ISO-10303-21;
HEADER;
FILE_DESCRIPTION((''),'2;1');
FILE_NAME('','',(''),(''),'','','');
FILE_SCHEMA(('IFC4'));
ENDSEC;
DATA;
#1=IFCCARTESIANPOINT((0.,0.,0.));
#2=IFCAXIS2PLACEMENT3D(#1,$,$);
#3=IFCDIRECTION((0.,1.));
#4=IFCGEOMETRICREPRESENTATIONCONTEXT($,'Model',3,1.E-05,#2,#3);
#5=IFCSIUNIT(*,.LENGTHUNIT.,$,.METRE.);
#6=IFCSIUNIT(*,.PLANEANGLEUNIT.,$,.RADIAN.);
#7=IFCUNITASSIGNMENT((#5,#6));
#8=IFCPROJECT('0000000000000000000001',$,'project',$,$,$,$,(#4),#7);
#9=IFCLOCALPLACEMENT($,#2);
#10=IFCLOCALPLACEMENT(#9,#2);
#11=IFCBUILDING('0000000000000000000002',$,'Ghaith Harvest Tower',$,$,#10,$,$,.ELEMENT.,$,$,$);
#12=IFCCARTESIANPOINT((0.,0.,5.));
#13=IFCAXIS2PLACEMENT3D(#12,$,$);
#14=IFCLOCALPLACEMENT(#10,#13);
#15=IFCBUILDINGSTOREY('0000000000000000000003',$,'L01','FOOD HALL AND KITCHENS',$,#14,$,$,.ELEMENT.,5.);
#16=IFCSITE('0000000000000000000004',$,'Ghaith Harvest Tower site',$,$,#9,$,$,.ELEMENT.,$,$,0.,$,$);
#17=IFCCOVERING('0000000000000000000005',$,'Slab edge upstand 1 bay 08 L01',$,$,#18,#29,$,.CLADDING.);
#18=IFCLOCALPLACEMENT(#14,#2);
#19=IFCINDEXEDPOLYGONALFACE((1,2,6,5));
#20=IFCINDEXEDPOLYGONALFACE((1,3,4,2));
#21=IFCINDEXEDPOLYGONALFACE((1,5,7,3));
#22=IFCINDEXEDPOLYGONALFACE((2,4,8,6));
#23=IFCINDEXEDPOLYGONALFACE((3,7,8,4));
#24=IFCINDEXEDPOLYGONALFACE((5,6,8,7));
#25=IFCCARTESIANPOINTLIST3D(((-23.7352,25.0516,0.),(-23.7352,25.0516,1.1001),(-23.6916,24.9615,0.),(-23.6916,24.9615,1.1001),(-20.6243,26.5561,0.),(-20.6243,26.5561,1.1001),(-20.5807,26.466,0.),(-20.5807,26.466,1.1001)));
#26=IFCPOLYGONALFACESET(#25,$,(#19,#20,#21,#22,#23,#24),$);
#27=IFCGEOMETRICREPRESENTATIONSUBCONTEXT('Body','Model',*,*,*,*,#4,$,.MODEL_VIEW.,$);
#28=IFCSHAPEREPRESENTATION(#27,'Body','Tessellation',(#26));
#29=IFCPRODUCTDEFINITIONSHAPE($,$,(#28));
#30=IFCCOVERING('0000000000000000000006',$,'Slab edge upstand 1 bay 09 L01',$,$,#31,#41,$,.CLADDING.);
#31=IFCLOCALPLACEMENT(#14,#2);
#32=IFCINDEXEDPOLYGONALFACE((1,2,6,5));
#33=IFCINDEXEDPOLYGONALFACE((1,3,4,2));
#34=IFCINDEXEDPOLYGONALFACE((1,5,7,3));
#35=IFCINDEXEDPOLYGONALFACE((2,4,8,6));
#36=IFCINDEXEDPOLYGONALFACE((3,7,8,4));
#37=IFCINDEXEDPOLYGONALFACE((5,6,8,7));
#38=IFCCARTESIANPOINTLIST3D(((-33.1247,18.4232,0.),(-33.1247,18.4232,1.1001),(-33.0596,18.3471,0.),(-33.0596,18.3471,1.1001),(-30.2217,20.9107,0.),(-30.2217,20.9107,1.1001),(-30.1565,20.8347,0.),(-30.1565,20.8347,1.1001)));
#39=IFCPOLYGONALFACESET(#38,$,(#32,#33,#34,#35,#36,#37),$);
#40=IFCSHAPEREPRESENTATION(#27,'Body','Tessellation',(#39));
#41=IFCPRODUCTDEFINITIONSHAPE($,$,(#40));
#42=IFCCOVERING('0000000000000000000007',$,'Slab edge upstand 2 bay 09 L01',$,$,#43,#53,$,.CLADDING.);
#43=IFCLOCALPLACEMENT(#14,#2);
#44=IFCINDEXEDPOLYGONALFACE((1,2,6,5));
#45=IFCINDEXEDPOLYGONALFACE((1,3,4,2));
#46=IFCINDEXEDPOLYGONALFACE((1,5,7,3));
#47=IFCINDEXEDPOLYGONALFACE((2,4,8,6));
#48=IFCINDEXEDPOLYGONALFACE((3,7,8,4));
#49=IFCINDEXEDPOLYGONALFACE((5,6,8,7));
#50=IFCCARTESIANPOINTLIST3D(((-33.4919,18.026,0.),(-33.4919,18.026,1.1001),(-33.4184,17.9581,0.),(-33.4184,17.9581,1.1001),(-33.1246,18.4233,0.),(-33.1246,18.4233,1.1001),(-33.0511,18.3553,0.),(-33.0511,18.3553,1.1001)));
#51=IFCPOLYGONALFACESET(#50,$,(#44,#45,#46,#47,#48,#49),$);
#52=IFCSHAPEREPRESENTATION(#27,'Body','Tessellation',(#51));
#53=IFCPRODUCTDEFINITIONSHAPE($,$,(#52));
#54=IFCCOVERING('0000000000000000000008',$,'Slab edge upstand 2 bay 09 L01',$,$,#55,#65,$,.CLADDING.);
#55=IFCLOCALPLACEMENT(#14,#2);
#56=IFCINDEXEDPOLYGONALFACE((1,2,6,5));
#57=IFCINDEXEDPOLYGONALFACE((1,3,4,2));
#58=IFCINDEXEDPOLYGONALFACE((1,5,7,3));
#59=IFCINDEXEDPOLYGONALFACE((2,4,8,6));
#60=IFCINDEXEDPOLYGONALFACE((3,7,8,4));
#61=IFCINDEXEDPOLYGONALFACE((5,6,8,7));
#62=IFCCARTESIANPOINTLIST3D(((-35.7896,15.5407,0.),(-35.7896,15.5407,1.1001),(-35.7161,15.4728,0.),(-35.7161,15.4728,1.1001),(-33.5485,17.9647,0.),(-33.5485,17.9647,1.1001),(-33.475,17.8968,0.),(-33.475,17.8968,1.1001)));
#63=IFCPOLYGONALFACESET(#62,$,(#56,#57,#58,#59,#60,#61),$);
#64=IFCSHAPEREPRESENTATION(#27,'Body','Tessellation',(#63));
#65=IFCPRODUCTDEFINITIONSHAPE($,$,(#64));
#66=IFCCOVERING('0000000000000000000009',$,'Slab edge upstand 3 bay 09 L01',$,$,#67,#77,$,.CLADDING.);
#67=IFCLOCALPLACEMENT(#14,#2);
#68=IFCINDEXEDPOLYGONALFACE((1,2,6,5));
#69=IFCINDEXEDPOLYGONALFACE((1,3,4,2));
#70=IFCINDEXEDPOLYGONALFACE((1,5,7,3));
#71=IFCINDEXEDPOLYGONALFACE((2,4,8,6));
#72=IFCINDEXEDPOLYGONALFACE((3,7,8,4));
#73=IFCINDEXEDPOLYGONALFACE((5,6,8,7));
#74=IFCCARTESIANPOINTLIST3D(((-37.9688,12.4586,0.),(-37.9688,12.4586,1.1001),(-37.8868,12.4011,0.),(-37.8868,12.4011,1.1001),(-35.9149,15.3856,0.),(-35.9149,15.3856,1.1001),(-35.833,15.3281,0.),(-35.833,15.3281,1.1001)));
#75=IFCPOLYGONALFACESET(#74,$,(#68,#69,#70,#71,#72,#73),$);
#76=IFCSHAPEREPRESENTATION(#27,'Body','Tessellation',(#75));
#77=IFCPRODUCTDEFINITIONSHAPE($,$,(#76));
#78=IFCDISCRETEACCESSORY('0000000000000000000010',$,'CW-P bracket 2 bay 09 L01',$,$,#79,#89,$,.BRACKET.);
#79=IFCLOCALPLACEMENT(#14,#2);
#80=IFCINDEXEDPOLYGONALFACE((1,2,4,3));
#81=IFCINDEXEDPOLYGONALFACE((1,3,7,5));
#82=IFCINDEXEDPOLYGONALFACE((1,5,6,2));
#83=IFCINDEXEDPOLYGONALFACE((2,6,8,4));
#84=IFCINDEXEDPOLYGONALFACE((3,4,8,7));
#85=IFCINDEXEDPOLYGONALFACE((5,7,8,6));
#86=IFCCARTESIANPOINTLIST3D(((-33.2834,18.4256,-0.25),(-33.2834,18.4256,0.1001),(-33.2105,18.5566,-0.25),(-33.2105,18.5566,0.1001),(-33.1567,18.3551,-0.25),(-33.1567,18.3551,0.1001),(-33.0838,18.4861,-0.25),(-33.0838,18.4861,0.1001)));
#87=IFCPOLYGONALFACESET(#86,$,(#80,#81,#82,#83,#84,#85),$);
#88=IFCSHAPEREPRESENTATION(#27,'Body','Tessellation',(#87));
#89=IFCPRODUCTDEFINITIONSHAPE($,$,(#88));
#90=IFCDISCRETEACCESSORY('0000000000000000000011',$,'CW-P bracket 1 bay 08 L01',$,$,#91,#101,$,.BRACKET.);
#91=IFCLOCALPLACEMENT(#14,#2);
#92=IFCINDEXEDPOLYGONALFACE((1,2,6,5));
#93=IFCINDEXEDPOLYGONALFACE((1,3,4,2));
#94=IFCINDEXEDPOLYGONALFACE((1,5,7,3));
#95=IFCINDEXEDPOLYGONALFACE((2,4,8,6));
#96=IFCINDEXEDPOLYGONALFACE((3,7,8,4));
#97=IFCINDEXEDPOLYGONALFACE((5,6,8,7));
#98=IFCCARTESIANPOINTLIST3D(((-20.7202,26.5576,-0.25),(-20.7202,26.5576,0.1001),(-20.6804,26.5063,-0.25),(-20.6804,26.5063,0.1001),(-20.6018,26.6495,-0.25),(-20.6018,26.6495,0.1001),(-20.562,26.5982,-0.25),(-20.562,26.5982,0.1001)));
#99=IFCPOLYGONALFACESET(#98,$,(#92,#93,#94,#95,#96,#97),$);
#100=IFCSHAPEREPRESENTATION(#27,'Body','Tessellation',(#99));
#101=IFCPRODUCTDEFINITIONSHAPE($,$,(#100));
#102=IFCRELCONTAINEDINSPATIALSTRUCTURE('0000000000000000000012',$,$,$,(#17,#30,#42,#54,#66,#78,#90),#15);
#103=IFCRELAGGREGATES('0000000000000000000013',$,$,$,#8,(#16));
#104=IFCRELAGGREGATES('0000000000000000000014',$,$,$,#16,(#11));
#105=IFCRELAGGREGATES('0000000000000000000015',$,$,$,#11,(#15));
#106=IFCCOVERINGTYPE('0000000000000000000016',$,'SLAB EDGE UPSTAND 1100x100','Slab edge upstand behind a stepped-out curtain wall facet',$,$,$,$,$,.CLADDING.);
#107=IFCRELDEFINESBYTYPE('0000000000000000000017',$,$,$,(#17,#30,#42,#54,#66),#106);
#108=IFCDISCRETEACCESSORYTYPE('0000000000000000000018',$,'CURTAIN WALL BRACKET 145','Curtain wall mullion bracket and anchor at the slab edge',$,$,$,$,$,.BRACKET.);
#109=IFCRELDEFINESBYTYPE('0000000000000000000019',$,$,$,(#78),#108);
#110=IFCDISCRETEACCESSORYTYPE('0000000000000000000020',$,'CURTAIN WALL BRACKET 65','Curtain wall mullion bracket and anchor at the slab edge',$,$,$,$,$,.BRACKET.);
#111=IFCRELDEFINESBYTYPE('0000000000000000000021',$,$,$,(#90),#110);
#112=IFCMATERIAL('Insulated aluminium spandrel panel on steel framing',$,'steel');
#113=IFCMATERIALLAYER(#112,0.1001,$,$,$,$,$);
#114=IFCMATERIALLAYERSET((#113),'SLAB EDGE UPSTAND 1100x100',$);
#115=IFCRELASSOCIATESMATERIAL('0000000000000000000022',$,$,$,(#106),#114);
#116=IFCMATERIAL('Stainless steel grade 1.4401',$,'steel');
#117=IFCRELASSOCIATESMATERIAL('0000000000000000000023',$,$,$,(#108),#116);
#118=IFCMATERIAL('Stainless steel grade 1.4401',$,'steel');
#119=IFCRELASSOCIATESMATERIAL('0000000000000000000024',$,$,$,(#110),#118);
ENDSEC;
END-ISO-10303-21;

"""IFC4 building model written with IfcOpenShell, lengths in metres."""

from ifc_helpers import new_model, si_unit, direction, frame, origin, origin_2d, place, context, subcontext, project, spatial, rectangle, extrude, material, layer, layer_set, type_object, element, save


model = new_model("IFC4")

# Units and contexts
model_context = context("Model", 3, precision=1e-05, world=origin(), true_north=direction((0.0, 1.0)))
body_context = subcontext(model_context, "Body", "Model", "MODEL_VIEW")
ifc_project = project(units=[si_unit("LENGTHUNIT", "METRE"), si_unit("PLANEANGLEUNIT", "RADIAN")], contexts=[model_context])

# Site, building, storey
site_placement = place(None, origin())
site = spatial("IfcSite", under=ifc_project, at=site_placement, Name="Ghaith Harvest Tower site", CompositionType="ELEMENT", RefElevation=0.0)
building_placement = place(site_placement, origin())
building = spatial("IfcBuilding", under=site, at=building_placement, Name="Ghaith Harvest Tower", CompositionType="ELEMENT")
storey_placement = place(building_placement, frame((0.0, 0.0, 5.0)))
storey = spatial("IfcBuildingStorey", under=building, at=storey_placement, Name="L01", Description="FOOD HALL AND KITCHENS", CompositionType="ELEMENT", Elevation=5.0)

# Coverings
ifc_material_1 = material(Name="Insulated aluminium spandrel panel on steel framing", Category="steel")
ifc_layer_1 = layer(ifc_material_1, 0.1001)
ifc_layer_set_1 = layer_set([ifc_layer_1], Name="SLAB EDGE UPSTAND 1100x100")
covering_type = type_object("IfcCoveringType", Name="SLAB EDGE UPSTAND 1100x100", Description="Slab edge upstand behind a stepped-out curtain wall facet", PredefinedType="CLADDING", material=ifc_layer_set_1)
covering_1_placement = place(storey_placement, frame((-22.158, 25.7588, 0.0), z_axis=(0.0, 0.0, 1.0), x_axis=(-0.900243, -0.435388, 0.0)))
element("IfcCovering", 1, at=covering_1_placement, inside=storey, type_object=covering_type, Name="Slab edge upstand 1 bay 08 L01", PredefinedType="CLADDING", context=body_context, shape_type="SweptSolid", body=[
    extrude(rectangle(XDim=3.4556, YDim=0.1001, at=origin_2d()), origin(), (0.0, 0.0, 1.0), 1.1001),
])
covering_2_placement = place(storey_placement, frame((-31.6406, 19.6289, 0.0), z_axis=(0.0, 0.0, 1.0), x_axis=(-0.759361, -0.65067, 0.0)))
element("IfcCovering", 2, at=covering_2_placement, inside=storey, type_object=covering_type, Name="Slab edge upstand 1 bay 09 L01", PredefinedType="CLADDING", context=body_context, shape_type="SweptSolid", body=[
    extrude(rectangle(XDim=3.823, YDim=0.1001, at=origin_2d()), origin(), (0.0, 0.0, 1.0), 1.1001),
])
covering_3_placement = place(storey_placement, frame((-33.2715, 18.1907, 0.0), z_axis=(0.0, 0.0, 1.0), x_axis=(-0.678856, -0.734271, 0.0)))
element("IfcCovering", 3, at=covering_3_placement, inside=storey, type_object=covering_type, Name="Slab edge upstand 2 bay 09 L01", PredefinedType="CLADDING", context=body_context, shape_type="SweptSolid", body=[
    extrude(rectangle(XDim=0.541, YDim=0.1001, at=origin_2d()), origin(), (0.0, 0.0, 1.0), 1.1001),
])
covering_4_placement = place(storey_placement, frame((-34.6323, 16.7188, 0.0), z_axis=(0.0, 0.0, 1.0), x_axis=(-0.678856, -0.734271, 0.0)))
element("IfcCovering", 4, at=covering_4_placement, inside=storey, type_object=covering_type, Name="Slab edge upstand 2 bay 09 L01", PredefinedType="CLADDING", context=body_context, shape_type="SweptSolid", body=[
    extrude(rectangle(XDim=3.3013, YDim=0.1001, at=origin_2d()), origin(), (0.0, 0.0, 1.0), 1.1001),
])
covering_5_placement = place(storey_placement, frame((-36.9009, 13.8933, 0.0), z_axis=(0.0, 0.0, 1.0), x_axis=(-0.574389, -0.818582, 0.0)))
element("IfcCovering", 5, at=covering_5_placement, inside=storey, type_object=covering_type, Name="Slab edge upstand 3 bay 09 L01", PredefinedType="CLADDING", context=body_context, shape_type="SweptSolid", body=[
    extrude(rectangle(XDim=3.5757, YDim=0.1001, at=origin_2d()), origin(), (0.0, 0.0, 1.0), 1.1001),
])

# Discrete accessories
ifc_material_2 = material(Name="Stainless steel grade 1.4401", Category="steel")
discrete_accessory_type_1 = type_object("IfcDiscreteAccessoryType", Name="CURTAIN WALL BRACKET 145", Description="Curtain wall mullion bracket and anchor at the slab edge", PredefinedType="BRACKET", material=ifc_material_2)
discrete_accessory_1_placement = place(storey_placement, frame((-33.1836, 18.4558, -0.25), z_axis=(0.0, 0.0, 1.0), x_axis=(-0.873927, 0.486057, 0.0)))
element("IfcDiscreteAccessory", 6, at=discrete_accessory_1_placement, inside=storey, type_object=discrete_accessory_type_1, Name="CW-P bracket 2 bay 09 L01", PredefinedType="BRACKET", context=body_context, shape_type="SweptSolid", body=[
    extrude(rectangle(XDim=0.145, YDim=0.1499, at=origin_2d()), origin(), (0.0, 0.0, 1.0), 0.3501),
])
ifc_material_3 = material(Name="Stainless steel grade 1.4401", Category="steel")
discrete_accessory_type_2 = type_object("IfcDiscreteAccessoryType", Name="CURTAIN WALL BRACKET 65", Description="Curtain wall mullion bracket and anchor at the slab edge", PredefinedType="BRACKET", material=ifc_material_3)
discrete_accessory_2_placement = place(storey_placement, frame((-20.6411, 26.5779, -0.25), z_axis=(0.0, 0.0, 1.0), x_axis=(-0.613378, 0.78979, 0.0)))
element("IfcDiscreteAccessory", 7, at=discrete_accessory_2_placement, inside=storey, type_object=discrete_accessory_type_2, Name="CW-P bracket 1 bay 08 L01", PredefinedType="BRACKET", context=body_context, shape_type="SweptSolid", body=[
    extrude(rectangle(XDim=0.0649, YDim=0.1499, at=origin_2d()), origin(), (0.0, 0.0, 1.0), 0.3501),
])

save(model, "model.ifc")
